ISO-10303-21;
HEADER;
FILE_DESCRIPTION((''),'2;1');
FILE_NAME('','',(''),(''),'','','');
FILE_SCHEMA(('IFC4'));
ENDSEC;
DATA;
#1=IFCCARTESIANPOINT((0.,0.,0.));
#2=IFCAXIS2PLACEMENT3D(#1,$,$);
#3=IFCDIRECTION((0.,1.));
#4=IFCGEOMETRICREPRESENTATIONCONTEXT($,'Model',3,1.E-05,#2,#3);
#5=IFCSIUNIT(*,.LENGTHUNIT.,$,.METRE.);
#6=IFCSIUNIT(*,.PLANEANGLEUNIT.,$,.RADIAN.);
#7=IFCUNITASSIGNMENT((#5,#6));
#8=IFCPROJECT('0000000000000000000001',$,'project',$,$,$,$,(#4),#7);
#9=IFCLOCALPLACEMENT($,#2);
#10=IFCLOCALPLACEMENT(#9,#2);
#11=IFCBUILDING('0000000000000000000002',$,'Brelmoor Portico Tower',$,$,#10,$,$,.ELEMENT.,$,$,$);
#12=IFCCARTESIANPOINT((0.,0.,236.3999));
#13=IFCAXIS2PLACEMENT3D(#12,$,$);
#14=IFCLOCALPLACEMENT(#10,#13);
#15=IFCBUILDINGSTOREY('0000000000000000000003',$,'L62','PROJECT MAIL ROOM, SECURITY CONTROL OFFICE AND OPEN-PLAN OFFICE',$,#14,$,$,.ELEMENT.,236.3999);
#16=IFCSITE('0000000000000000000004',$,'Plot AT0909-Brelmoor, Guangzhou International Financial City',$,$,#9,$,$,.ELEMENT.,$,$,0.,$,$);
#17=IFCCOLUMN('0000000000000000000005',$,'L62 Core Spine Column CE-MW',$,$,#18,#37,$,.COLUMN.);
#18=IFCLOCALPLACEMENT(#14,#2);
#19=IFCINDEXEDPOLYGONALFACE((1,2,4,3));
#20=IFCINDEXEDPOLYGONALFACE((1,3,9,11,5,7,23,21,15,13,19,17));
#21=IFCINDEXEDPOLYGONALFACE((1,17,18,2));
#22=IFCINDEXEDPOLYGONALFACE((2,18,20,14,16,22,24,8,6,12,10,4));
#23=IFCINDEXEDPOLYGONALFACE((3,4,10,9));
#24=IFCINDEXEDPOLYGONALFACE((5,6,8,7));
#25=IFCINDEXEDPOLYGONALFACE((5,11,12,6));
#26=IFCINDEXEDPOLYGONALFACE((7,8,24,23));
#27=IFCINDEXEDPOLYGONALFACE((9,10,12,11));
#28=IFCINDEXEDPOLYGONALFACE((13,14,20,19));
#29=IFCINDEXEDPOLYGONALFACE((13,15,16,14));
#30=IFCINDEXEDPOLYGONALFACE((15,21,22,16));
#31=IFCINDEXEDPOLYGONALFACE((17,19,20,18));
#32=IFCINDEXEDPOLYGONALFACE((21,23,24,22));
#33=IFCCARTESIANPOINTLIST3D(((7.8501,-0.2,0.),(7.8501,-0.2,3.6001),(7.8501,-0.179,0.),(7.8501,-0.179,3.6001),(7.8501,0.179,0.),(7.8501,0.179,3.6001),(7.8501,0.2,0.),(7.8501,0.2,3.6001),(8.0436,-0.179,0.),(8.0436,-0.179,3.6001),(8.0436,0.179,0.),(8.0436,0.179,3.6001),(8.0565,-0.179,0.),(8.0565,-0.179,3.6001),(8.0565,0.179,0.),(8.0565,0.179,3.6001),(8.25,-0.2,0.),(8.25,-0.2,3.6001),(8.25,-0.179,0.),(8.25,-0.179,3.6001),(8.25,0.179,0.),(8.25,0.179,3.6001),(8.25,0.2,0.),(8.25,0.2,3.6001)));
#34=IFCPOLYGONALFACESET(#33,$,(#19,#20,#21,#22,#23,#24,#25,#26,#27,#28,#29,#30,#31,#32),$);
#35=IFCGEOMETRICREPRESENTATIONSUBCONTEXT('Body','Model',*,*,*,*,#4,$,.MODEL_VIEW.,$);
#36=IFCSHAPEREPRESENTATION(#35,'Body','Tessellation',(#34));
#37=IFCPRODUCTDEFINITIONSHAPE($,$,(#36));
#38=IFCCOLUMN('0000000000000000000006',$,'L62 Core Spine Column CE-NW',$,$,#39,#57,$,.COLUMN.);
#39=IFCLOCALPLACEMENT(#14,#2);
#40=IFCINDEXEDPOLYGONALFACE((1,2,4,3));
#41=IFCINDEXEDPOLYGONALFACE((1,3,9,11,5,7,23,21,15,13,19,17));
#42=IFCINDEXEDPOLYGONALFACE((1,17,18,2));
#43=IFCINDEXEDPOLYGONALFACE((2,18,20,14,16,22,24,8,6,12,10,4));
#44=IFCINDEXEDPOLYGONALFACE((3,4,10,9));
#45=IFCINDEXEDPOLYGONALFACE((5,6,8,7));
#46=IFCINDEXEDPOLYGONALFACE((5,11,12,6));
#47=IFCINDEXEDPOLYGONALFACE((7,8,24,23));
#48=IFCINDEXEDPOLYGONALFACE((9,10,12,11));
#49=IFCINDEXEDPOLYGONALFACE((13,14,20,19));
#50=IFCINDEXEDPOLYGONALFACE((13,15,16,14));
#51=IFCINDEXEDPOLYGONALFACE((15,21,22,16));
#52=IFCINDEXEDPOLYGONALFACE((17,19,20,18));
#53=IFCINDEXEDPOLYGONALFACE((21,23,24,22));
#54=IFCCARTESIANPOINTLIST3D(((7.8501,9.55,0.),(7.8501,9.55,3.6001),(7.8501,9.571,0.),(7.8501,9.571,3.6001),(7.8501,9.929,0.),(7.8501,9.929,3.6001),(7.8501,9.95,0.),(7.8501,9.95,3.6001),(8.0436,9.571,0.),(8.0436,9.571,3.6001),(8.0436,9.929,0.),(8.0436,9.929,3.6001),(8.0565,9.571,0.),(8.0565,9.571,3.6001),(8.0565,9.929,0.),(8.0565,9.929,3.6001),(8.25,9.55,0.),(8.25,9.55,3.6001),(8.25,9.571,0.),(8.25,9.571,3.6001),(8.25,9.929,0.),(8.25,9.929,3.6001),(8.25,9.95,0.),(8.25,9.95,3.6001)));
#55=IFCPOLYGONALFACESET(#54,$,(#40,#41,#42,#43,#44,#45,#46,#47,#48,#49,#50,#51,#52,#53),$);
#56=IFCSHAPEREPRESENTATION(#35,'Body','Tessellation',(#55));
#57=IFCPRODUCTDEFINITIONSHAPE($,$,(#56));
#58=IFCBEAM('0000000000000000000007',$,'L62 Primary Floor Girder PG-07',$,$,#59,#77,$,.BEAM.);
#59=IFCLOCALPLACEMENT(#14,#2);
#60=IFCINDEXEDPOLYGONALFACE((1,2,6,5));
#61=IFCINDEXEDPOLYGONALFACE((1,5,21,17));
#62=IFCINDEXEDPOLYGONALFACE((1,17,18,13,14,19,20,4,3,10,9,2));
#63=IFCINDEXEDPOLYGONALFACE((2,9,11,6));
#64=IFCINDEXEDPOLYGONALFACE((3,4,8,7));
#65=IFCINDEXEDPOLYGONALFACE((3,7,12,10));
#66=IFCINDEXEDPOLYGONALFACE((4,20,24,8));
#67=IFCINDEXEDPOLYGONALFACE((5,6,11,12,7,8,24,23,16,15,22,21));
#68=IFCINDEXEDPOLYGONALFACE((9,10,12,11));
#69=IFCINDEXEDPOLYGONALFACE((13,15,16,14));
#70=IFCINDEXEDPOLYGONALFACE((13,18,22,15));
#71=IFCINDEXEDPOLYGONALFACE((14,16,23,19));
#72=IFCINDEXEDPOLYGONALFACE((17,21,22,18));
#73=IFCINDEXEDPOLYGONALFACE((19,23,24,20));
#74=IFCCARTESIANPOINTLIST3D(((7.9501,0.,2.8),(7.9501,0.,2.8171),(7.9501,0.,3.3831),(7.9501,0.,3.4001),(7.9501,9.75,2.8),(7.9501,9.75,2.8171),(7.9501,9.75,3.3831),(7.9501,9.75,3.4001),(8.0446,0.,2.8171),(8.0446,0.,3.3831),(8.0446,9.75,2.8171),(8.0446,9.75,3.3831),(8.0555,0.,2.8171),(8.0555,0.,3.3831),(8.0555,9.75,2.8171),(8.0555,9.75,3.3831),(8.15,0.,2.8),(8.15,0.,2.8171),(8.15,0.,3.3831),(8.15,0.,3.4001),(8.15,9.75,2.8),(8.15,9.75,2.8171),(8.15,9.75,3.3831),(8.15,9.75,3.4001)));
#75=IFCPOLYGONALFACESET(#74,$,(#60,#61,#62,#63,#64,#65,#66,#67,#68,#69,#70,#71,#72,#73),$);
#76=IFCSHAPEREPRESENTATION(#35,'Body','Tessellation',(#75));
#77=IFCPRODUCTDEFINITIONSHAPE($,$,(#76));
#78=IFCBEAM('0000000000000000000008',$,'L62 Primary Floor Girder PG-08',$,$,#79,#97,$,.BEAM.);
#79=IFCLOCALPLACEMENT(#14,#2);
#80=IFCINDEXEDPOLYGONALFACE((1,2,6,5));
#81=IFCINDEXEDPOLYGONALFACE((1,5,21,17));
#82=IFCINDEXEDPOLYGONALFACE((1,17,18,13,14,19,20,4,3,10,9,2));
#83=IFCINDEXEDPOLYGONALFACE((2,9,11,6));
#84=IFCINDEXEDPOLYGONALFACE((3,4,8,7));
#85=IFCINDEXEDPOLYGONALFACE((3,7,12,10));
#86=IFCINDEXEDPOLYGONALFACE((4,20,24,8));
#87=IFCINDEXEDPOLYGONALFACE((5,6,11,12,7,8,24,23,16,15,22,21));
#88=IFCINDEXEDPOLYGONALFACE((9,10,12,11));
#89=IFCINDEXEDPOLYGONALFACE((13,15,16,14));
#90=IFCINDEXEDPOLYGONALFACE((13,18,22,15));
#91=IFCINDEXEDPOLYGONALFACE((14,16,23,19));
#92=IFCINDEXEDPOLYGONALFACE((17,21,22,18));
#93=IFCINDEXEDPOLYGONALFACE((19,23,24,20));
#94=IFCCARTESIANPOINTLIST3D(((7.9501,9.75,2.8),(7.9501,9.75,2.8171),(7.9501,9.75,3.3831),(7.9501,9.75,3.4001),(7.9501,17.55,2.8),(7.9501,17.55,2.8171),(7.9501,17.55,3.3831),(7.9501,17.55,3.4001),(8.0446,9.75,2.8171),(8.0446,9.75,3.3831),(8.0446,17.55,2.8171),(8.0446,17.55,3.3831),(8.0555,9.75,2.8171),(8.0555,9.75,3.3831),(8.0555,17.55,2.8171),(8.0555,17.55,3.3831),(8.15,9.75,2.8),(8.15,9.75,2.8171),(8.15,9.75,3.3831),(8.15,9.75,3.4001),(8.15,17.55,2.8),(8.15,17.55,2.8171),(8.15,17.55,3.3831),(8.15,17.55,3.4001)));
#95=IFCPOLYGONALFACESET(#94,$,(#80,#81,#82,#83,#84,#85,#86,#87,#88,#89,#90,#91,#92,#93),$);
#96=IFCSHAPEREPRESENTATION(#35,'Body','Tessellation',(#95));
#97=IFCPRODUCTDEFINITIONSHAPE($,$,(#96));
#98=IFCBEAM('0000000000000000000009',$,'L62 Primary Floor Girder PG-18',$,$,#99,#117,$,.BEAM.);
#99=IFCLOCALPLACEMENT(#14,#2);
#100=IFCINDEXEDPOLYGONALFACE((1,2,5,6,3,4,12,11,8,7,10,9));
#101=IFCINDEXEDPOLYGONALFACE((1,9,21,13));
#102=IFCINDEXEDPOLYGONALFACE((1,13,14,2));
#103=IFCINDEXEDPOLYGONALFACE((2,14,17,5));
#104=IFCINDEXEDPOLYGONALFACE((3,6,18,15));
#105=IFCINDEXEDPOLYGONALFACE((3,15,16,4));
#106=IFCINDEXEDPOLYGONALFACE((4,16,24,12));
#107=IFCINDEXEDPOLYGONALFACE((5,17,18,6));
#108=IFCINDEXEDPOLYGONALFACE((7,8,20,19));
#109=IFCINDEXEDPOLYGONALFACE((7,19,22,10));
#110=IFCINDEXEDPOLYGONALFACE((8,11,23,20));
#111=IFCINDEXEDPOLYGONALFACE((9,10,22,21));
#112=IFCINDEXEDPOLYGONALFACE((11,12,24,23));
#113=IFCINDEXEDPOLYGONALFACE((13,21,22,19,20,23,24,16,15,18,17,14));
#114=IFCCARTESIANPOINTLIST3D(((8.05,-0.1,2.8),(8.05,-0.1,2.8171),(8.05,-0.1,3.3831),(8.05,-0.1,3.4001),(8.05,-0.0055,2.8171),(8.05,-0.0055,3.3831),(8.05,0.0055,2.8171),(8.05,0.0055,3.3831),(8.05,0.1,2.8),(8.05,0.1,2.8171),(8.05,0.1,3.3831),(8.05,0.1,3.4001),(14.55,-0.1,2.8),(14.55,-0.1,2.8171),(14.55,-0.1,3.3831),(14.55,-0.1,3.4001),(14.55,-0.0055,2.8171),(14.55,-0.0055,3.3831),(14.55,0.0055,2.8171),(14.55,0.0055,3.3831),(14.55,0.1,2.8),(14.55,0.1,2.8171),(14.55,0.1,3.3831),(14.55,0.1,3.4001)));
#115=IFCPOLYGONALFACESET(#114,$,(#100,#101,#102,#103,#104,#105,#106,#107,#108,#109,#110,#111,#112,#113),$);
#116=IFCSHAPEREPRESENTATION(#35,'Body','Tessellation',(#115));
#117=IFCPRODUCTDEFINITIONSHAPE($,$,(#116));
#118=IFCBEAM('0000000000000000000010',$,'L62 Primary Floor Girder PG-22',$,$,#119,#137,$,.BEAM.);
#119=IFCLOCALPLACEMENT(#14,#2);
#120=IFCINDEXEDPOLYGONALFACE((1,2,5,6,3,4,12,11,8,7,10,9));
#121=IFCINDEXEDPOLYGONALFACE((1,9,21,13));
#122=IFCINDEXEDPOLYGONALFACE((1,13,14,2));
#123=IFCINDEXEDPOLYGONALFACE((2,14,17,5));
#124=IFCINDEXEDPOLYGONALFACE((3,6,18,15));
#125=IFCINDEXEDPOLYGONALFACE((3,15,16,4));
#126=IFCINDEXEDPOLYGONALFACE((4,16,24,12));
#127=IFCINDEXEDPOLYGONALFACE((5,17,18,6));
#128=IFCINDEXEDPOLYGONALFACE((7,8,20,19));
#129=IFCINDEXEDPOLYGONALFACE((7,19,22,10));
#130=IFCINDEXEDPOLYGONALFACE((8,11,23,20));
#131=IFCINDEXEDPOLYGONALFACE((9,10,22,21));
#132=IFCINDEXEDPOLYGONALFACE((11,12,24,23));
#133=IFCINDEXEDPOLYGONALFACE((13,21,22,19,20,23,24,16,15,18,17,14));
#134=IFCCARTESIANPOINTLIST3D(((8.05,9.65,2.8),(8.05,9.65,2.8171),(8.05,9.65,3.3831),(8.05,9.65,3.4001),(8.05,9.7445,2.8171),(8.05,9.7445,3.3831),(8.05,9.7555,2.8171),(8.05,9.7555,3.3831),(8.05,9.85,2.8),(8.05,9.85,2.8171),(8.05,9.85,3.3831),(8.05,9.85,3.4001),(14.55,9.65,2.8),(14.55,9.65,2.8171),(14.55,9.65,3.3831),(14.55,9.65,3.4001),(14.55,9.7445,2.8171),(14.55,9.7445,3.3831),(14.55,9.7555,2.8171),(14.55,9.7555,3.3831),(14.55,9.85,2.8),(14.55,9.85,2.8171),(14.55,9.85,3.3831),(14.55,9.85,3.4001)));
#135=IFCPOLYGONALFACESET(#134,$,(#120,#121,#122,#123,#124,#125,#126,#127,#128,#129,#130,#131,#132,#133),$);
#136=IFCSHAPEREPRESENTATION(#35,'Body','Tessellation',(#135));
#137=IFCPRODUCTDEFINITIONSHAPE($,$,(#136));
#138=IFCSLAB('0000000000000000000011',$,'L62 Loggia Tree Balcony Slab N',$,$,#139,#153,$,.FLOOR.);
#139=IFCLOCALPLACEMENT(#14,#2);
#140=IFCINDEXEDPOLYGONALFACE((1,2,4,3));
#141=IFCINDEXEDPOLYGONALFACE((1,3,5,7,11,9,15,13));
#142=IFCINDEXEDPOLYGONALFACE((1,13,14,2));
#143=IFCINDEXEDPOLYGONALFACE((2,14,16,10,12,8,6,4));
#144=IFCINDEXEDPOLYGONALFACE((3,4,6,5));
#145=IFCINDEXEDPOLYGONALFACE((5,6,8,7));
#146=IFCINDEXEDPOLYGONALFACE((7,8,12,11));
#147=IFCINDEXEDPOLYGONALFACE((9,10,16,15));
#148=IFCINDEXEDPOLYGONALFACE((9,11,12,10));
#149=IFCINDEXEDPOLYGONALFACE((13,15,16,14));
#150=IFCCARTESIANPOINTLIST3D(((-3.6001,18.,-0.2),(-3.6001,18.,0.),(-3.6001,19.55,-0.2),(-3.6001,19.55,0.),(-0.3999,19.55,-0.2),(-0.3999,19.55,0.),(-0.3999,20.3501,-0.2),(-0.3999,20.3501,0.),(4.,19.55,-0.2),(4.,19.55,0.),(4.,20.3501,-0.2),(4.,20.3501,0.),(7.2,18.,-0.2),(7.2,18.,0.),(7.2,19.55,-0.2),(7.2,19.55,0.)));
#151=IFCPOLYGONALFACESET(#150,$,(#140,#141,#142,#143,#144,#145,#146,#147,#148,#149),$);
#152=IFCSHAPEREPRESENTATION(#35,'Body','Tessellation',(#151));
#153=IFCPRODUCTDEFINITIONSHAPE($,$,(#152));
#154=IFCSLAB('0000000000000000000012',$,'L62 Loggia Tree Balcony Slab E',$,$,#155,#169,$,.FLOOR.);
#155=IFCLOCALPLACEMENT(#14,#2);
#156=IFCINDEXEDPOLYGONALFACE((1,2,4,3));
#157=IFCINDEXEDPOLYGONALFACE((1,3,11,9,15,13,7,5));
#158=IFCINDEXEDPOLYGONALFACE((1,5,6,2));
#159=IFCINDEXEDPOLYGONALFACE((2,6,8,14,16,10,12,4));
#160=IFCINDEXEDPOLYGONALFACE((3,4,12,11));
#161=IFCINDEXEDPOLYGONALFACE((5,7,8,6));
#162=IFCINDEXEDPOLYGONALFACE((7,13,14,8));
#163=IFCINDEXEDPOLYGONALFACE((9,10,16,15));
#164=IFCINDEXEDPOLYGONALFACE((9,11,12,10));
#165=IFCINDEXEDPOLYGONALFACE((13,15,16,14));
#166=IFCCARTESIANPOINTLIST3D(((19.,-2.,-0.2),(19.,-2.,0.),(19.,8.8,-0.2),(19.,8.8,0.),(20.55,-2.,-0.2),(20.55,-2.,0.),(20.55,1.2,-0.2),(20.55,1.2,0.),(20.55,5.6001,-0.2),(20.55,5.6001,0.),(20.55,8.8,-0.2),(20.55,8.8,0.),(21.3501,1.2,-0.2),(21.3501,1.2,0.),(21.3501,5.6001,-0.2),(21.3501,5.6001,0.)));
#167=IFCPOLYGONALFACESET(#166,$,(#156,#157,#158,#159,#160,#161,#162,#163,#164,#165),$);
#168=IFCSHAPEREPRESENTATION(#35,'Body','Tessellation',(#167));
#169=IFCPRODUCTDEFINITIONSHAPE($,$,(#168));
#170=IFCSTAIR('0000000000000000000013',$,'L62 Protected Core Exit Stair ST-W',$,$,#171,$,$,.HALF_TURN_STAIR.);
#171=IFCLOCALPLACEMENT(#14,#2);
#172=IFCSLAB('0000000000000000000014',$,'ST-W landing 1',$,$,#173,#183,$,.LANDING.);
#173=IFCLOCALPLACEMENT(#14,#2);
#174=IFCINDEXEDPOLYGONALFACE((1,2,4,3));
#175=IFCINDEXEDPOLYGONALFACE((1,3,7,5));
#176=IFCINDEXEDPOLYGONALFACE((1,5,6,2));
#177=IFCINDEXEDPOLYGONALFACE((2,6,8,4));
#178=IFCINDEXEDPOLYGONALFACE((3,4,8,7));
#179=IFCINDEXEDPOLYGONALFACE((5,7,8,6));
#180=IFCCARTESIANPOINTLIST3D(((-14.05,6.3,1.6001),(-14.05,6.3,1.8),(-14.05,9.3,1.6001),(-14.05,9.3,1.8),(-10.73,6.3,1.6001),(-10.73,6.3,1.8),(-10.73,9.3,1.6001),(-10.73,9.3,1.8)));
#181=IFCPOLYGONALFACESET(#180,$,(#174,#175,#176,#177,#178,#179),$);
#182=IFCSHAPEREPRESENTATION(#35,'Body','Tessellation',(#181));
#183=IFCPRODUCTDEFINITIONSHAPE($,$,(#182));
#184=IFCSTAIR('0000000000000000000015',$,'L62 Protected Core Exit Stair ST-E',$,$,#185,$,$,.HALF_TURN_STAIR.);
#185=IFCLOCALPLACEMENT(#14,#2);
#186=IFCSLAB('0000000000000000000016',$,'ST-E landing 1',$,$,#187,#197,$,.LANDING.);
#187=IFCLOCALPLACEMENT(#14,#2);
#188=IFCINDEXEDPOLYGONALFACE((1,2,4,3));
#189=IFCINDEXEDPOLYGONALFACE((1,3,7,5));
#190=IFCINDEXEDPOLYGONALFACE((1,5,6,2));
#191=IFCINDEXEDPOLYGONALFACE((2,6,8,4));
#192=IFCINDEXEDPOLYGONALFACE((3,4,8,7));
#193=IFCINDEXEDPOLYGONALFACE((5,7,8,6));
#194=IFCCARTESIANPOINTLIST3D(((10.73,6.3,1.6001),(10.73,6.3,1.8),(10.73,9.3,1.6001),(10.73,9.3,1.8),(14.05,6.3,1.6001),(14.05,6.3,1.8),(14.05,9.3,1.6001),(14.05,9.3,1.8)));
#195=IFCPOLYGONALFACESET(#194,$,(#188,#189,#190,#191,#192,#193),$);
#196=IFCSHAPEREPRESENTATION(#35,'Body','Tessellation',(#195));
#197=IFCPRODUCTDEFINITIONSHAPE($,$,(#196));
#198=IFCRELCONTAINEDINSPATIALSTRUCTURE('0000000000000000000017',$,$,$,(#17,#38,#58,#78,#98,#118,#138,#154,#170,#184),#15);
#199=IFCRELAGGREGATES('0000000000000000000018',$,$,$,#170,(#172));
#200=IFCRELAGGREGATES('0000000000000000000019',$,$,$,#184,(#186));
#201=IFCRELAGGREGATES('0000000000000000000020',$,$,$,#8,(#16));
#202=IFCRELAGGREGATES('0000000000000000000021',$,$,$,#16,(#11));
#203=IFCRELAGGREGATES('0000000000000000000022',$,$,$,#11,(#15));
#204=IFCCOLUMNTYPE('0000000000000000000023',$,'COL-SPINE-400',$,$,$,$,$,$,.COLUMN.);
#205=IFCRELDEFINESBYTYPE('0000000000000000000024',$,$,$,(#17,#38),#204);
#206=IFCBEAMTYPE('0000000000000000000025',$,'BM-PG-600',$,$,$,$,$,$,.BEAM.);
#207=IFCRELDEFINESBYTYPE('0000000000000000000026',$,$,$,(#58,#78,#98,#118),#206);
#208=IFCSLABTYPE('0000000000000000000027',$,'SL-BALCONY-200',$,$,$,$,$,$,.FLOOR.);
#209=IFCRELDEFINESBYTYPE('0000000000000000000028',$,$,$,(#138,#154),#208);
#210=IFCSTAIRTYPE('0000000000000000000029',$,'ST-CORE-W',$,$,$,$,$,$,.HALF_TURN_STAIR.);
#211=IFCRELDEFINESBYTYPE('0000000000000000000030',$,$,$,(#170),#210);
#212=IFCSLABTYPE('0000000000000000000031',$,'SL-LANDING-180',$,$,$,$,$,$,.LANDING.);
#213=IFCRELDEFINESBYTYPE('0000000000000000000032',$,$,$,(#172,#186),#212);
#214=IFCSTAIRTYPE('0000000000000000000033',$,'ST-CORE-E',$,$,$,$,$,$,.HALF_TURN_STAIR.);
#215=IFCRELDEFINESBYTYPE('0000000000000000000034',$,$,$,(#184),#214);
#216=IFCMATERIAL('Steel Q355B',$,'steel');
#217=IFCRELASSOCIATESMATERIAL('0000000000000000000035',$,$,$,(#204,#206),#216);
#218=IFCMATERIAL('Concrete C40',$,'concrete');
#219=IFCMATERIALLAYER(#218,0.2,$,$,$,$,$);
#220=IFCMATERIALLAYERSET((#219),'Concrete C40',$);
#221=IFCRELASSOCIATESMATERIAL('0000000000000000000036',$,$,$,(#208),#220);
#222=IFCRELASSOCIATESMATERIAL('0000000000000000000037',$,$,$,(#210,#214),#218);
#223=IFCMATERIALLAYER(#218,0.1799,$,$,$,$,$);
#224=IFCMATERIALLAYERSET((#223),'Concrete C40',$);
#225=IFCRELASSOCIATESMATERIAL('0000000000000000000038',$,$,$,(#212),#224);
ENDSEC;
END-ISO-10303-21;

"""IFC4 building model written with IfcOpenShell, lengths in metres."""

from ifc_helpers import new_model, si_unit, direction, frame, origin, origin_2d, place, context, subcontext, project, spatial, polyline, i_section, outline, extrude, material, layer, layer_set, material_profile, profile_set, type_object, element, aggregate, save


model = new_model("IFC4")

# Units and contexts
model_context = context("Model", 3, precision=1e-05, world=origin(), true_north=direction((0.0, 1.0)))
body_context = subcontext(model_context, "Body", "Model", "MODEL_VIEW")
ifc_project = project(units=[si_unit("LENGTHUNIT", "METRE"), si_unit("PLANEANGLEUNIT", "RADIAN")], contexts=[model_context])

# Site, building, storey
site_placement = place(None, origin())
site = spatial("IfcSite", under=ifc_project, at=site_placement, Name="Plot AT0909-Brelmoor, Guangzhou International Financial City", CompositionType="ELEMENT", RefElevation=0.0)
building_placement = place(site_placement, origin())
building = spatial("IfcBuilding", under=site, at=building_placement, Name="Brelmoor Portico Tower", CompositionType="ELEMENT")
storey_placement = place(building_placement, frame((0.0, 0.0, 236.3999)))
storey = spatial("IfcBuildingStorey", under=building, at=storey_placement, Name="L62", Description="PROJECT MAIL ROOM, SECURITY CONTROL OFFICE AND OPEN-PLAN OFFICE", CompositionType="ELEMENT", Elevation=236.3999)

# Columns
ifc_material_1 = material(Name="Steel Q355B", Category="steel")
ifc_material_profile_1 = material_profile(ifc_material_1, i_section(OverallWidth=0.3999, OverallDepth=0.3999, WebThickness=0.0129, FlangeThickness=0.021, at=origin_2d()), Name="HW 400x400x13x21")
ifc_profile_set_1 = profile_set([ifc_material_profile_1], Name="Steel Q355B")
column_type = type_object("IfcColumnType", Name="COL-SPINE-400", PredefinedType="COLUMN", material=ifc_profile_set_1)
for number, where, z_axis, x_axis, name in (
    (1, (8.05, 0.0, 0.0), (0.0, 0.0, 1.0), (1.0, 0.0, 0.0), "L62 Core Spine Column CE-MW"),
    (2, (8.05, 9.75, 0.0), (0.0, 0.0, 1.0), (1.0, 0.0, 0.0), "L62 Core Spine Column CE-NW"),
):
    element("IfcColumn", number, at=place(storey_placement, frame(where, z_axis=z_axis, x_axis=x_axis)), inside=storey, type_object=column_type, Name=name, PredefinedType="COLUMN", context=body_context, shape_type="SweptSolid", body=[
        extrude(i_section(OverallWidth=0.3999, OverallDepth=0.3999, WebThickness=0.0129, FlangeThickness=0.021, at=origin_2d()), origin(), (0.0, 0.0, 1.0), 3.6001),
    ])

# Beams
ifc_material_profile_2 = material_profile(ifc_material_1, i_section(OverallWidth=0.2, OverallDepth=0.6001, WebThickness=0.011, FlangeThickness=0.0171, at=origin_2d()), Name="HN 600x200x11x17")
ifc_profile_set_2 = profile_set([ifc_material_profile_2], Name="Steel Q355B")
beam_type = type_object("IfcBeamType", Name="BM-PG-600", PredefinedType="BEAM", material=ifc_profile_set_2)
beam_1_placement = place(storey_placement, frame((8.05, 0.0, 3.1001), z_axis=(0.0, 1.0, 0.0), x_axis=(-1.0, 0.0, 0.0)))
element("IfcBeam", 3, at=beam_1_placement, inside=storey, type_object=beam_type, Name="L62 Primary Floor Girder PG-07", PredefinedType="BEAM", context=body_context, shape_type="SweptSolid", body=[
    extrude(i_section(OverallWidth=0.2, OverallDepth=0.6001, WebThickness=0.011, FlangeThickness=0.0171, at=origin_2d()), origin(), (0.0, 0.0, 1.0), 9.75),
])
beam_2_placement = place(storey_placement, frame((8.05, 9.75, 3.1001), z_axis=(0.0, 1.0, 0.0), x_axis=(-1.0, 0.0, 0.0)))
element("IfcBeam", 4, at=beam_2_placement, inside=storey, type_object=beam_type, Name="L62 Primary Floor Girder PG-08", PredefinedType="BEAM", context=body_context, shape_type="SweptSolid", body=[
    extrude(i_section(OverallWidth=0.2, OverallDepth=0.6001, WebThickness=0.011, FlangeThickness=0.0171, at=origin_2d()), origin(), (0.0, 0.0, 1.0), 7.8),
])
for number, where, z_axis, x_axis, name in (
    (5, (8.05, 0.0, 3.1001), (1.0, 0.0, 0.0), (0.0, 1.0, 0.0), "L62 Primary Floor Girder PG-18"),
    (6, (8.05, 9.75, 3.1001), (1.0, 0.0, 0.0), (0.0, 1.0, 0.0), "L62 Primary Floor Girder PG-22"),
):
    element("IfcBeam", number, at=place(storey_placement, frame(where, z_axis=z_axis, x_axis=x_axis)), inside=storey, type_object=beam_type, Name=name, PredefinedType="BEAM", context=body_context, shape_type="SweptSolid", body=[
        extrude(i_section(OverallWidth=0.2, OverallDepth=0.6001, WebThickness=0.011, FlangeThickness=0.0171, at=origin_2d()), origin(), (0.0, 0.0, 1.0), 6.5),
    ])

# Slabs
ifc_material_2 = material(Name="Concrete C40", Category="concrete")
ifc_layer_1 = layer(ifc_material_2, 0.2)
ifc_layer_set_1 = layer_set([ifc_layer_1], Name="Concrete C40")
slab_type_1 = type_object("IfcSlabType", Name="SL-BALCONY-200", PredefinedType="FLOOR", material=ifc_layer_set_1)
slab_1_placement = place(storey_placement, frame((0.0, 0.0, -0.2)))
element("IfcSlab", 7, at=slab_1_placement, inside=storey, type_object=slab_type_1, Name="L62 Loggia Tree Balcony Slab N", PredefinedType="FLOOR", context=body_context, shape_type="SweptSolid", body=[
    extrude(outline(polyline([(-3.6001, 18.0), (7.2, 18.0), (7.2, 19.55), (4.0, 19.55), (4.0, 20.3501), (-0.3999, 20.3501), (-0.3999, 19.55), (-3.6001, 19.55), (-3.6001, 18.0)])), origin(), (0.0, 0.0, 1.0), 0.2),
])
slab_2_placement = place(storey_placement, frame((0.0, 0.0, -0.2)))
element("IfcSlab", 8, at=slab_2_placement, inside=storey, type_object=slab_type_1, Name="L62 Loggia Tree Balcony Slab E", PredefinedType="FLOOR", context=body_context, shape_type="SweptSolid", body=[
    extrude(outline(polyline([(19.0, -2.0), (20.55, -2.0), (20.55, 1.2), (21.3501, 1.2), (21.3501, 5.6001), (20.55, 5.6001), (20.55, 8.8), (19.0, 8.8), (19.0, -2.0)])), origin(), (0.0, 0.0, 1.0), 0.2),
])

# Stairs, slabs
stair_type_1 = type_object("IfcStairType", Name="ST-CORE-W", PredefinedType="HALF_TURN_STAIR", material=ifc_material_2)
stair_1_placement = place(storey_placement, origin())
stair_1 = element("IfcStair", 9, at=stair_1_placement, inside=storey, type_object=stair_type_1, Name="L62 Protected Core Exit Stair ST-W", PredefinedType="HALF_TURN_STAIR")
ifc_layer_2 = layer(ifc_material_2, 0.1799)
ifc_layer_set_2 = layer_set([ifc_layer_2], Name="Concrete C40")
slab_type_2 = type_object("IfcSlabType", Name="SL-LANDING-180", PredefinedType="LANDING", material=ifc_layer_set_2)
slab_3_placement = place(storey_placement, frame((0.0, 0.0, 1.6001)))
slab_3 = element("IfcSlab", 10, at=slab_3_placement, type_object=slab_type_2, Name="ST-W landing 1", PredefinedType="LANDING", context=body_context, shape_type="SweptSolid", body=[
    extrude(outline(polyline([(-10.73, 6.3), (-10.73, 9.3), (-14.05, 9.3), (-14.05, 6.3), (-10.73, 6.3)])), origin(), (0.0, 0.0, 1.0), 0.2),
])
aggregate(stair_1, [slab_3])
stair_type_2 = type_object("IfcStairType", Name="ST-CORE-E", PredefinedType="HALF_TURN_STAIR", material=ifc_material_2)
stair_2_placement = place(storey_placement, origin())
stair_2 = element("IfcStair", 11, at=stair_2_placement, inside=storey, type_object=stair_type_2, Name="L62 Protected Core Exit Stair ST-E", PredefinedType="HALF_TURN_STAIR")
slab_4_placement = place(storey_placement, frame((0.0, 0.0, 1.6001)))
slab_4 = element("IfcSlab", 12, at=slab_4_placement, type_object=slab_type_2, Name="ST-E landing 1", PredefinedType="LANDING", context=body_context, shape_type="SweptSolid", body=[
    extrude(outline(polyline([(14.05, 6.3), (14.05, 9.3), (10.73, 9.3), (10.73, 6.3), (14.05, 6.3)])), origin(), (0.0, 0.0, 1.0), 0.2),
])

aggregate(stair_2, [slab_4])

save(model, "model.ifc")
